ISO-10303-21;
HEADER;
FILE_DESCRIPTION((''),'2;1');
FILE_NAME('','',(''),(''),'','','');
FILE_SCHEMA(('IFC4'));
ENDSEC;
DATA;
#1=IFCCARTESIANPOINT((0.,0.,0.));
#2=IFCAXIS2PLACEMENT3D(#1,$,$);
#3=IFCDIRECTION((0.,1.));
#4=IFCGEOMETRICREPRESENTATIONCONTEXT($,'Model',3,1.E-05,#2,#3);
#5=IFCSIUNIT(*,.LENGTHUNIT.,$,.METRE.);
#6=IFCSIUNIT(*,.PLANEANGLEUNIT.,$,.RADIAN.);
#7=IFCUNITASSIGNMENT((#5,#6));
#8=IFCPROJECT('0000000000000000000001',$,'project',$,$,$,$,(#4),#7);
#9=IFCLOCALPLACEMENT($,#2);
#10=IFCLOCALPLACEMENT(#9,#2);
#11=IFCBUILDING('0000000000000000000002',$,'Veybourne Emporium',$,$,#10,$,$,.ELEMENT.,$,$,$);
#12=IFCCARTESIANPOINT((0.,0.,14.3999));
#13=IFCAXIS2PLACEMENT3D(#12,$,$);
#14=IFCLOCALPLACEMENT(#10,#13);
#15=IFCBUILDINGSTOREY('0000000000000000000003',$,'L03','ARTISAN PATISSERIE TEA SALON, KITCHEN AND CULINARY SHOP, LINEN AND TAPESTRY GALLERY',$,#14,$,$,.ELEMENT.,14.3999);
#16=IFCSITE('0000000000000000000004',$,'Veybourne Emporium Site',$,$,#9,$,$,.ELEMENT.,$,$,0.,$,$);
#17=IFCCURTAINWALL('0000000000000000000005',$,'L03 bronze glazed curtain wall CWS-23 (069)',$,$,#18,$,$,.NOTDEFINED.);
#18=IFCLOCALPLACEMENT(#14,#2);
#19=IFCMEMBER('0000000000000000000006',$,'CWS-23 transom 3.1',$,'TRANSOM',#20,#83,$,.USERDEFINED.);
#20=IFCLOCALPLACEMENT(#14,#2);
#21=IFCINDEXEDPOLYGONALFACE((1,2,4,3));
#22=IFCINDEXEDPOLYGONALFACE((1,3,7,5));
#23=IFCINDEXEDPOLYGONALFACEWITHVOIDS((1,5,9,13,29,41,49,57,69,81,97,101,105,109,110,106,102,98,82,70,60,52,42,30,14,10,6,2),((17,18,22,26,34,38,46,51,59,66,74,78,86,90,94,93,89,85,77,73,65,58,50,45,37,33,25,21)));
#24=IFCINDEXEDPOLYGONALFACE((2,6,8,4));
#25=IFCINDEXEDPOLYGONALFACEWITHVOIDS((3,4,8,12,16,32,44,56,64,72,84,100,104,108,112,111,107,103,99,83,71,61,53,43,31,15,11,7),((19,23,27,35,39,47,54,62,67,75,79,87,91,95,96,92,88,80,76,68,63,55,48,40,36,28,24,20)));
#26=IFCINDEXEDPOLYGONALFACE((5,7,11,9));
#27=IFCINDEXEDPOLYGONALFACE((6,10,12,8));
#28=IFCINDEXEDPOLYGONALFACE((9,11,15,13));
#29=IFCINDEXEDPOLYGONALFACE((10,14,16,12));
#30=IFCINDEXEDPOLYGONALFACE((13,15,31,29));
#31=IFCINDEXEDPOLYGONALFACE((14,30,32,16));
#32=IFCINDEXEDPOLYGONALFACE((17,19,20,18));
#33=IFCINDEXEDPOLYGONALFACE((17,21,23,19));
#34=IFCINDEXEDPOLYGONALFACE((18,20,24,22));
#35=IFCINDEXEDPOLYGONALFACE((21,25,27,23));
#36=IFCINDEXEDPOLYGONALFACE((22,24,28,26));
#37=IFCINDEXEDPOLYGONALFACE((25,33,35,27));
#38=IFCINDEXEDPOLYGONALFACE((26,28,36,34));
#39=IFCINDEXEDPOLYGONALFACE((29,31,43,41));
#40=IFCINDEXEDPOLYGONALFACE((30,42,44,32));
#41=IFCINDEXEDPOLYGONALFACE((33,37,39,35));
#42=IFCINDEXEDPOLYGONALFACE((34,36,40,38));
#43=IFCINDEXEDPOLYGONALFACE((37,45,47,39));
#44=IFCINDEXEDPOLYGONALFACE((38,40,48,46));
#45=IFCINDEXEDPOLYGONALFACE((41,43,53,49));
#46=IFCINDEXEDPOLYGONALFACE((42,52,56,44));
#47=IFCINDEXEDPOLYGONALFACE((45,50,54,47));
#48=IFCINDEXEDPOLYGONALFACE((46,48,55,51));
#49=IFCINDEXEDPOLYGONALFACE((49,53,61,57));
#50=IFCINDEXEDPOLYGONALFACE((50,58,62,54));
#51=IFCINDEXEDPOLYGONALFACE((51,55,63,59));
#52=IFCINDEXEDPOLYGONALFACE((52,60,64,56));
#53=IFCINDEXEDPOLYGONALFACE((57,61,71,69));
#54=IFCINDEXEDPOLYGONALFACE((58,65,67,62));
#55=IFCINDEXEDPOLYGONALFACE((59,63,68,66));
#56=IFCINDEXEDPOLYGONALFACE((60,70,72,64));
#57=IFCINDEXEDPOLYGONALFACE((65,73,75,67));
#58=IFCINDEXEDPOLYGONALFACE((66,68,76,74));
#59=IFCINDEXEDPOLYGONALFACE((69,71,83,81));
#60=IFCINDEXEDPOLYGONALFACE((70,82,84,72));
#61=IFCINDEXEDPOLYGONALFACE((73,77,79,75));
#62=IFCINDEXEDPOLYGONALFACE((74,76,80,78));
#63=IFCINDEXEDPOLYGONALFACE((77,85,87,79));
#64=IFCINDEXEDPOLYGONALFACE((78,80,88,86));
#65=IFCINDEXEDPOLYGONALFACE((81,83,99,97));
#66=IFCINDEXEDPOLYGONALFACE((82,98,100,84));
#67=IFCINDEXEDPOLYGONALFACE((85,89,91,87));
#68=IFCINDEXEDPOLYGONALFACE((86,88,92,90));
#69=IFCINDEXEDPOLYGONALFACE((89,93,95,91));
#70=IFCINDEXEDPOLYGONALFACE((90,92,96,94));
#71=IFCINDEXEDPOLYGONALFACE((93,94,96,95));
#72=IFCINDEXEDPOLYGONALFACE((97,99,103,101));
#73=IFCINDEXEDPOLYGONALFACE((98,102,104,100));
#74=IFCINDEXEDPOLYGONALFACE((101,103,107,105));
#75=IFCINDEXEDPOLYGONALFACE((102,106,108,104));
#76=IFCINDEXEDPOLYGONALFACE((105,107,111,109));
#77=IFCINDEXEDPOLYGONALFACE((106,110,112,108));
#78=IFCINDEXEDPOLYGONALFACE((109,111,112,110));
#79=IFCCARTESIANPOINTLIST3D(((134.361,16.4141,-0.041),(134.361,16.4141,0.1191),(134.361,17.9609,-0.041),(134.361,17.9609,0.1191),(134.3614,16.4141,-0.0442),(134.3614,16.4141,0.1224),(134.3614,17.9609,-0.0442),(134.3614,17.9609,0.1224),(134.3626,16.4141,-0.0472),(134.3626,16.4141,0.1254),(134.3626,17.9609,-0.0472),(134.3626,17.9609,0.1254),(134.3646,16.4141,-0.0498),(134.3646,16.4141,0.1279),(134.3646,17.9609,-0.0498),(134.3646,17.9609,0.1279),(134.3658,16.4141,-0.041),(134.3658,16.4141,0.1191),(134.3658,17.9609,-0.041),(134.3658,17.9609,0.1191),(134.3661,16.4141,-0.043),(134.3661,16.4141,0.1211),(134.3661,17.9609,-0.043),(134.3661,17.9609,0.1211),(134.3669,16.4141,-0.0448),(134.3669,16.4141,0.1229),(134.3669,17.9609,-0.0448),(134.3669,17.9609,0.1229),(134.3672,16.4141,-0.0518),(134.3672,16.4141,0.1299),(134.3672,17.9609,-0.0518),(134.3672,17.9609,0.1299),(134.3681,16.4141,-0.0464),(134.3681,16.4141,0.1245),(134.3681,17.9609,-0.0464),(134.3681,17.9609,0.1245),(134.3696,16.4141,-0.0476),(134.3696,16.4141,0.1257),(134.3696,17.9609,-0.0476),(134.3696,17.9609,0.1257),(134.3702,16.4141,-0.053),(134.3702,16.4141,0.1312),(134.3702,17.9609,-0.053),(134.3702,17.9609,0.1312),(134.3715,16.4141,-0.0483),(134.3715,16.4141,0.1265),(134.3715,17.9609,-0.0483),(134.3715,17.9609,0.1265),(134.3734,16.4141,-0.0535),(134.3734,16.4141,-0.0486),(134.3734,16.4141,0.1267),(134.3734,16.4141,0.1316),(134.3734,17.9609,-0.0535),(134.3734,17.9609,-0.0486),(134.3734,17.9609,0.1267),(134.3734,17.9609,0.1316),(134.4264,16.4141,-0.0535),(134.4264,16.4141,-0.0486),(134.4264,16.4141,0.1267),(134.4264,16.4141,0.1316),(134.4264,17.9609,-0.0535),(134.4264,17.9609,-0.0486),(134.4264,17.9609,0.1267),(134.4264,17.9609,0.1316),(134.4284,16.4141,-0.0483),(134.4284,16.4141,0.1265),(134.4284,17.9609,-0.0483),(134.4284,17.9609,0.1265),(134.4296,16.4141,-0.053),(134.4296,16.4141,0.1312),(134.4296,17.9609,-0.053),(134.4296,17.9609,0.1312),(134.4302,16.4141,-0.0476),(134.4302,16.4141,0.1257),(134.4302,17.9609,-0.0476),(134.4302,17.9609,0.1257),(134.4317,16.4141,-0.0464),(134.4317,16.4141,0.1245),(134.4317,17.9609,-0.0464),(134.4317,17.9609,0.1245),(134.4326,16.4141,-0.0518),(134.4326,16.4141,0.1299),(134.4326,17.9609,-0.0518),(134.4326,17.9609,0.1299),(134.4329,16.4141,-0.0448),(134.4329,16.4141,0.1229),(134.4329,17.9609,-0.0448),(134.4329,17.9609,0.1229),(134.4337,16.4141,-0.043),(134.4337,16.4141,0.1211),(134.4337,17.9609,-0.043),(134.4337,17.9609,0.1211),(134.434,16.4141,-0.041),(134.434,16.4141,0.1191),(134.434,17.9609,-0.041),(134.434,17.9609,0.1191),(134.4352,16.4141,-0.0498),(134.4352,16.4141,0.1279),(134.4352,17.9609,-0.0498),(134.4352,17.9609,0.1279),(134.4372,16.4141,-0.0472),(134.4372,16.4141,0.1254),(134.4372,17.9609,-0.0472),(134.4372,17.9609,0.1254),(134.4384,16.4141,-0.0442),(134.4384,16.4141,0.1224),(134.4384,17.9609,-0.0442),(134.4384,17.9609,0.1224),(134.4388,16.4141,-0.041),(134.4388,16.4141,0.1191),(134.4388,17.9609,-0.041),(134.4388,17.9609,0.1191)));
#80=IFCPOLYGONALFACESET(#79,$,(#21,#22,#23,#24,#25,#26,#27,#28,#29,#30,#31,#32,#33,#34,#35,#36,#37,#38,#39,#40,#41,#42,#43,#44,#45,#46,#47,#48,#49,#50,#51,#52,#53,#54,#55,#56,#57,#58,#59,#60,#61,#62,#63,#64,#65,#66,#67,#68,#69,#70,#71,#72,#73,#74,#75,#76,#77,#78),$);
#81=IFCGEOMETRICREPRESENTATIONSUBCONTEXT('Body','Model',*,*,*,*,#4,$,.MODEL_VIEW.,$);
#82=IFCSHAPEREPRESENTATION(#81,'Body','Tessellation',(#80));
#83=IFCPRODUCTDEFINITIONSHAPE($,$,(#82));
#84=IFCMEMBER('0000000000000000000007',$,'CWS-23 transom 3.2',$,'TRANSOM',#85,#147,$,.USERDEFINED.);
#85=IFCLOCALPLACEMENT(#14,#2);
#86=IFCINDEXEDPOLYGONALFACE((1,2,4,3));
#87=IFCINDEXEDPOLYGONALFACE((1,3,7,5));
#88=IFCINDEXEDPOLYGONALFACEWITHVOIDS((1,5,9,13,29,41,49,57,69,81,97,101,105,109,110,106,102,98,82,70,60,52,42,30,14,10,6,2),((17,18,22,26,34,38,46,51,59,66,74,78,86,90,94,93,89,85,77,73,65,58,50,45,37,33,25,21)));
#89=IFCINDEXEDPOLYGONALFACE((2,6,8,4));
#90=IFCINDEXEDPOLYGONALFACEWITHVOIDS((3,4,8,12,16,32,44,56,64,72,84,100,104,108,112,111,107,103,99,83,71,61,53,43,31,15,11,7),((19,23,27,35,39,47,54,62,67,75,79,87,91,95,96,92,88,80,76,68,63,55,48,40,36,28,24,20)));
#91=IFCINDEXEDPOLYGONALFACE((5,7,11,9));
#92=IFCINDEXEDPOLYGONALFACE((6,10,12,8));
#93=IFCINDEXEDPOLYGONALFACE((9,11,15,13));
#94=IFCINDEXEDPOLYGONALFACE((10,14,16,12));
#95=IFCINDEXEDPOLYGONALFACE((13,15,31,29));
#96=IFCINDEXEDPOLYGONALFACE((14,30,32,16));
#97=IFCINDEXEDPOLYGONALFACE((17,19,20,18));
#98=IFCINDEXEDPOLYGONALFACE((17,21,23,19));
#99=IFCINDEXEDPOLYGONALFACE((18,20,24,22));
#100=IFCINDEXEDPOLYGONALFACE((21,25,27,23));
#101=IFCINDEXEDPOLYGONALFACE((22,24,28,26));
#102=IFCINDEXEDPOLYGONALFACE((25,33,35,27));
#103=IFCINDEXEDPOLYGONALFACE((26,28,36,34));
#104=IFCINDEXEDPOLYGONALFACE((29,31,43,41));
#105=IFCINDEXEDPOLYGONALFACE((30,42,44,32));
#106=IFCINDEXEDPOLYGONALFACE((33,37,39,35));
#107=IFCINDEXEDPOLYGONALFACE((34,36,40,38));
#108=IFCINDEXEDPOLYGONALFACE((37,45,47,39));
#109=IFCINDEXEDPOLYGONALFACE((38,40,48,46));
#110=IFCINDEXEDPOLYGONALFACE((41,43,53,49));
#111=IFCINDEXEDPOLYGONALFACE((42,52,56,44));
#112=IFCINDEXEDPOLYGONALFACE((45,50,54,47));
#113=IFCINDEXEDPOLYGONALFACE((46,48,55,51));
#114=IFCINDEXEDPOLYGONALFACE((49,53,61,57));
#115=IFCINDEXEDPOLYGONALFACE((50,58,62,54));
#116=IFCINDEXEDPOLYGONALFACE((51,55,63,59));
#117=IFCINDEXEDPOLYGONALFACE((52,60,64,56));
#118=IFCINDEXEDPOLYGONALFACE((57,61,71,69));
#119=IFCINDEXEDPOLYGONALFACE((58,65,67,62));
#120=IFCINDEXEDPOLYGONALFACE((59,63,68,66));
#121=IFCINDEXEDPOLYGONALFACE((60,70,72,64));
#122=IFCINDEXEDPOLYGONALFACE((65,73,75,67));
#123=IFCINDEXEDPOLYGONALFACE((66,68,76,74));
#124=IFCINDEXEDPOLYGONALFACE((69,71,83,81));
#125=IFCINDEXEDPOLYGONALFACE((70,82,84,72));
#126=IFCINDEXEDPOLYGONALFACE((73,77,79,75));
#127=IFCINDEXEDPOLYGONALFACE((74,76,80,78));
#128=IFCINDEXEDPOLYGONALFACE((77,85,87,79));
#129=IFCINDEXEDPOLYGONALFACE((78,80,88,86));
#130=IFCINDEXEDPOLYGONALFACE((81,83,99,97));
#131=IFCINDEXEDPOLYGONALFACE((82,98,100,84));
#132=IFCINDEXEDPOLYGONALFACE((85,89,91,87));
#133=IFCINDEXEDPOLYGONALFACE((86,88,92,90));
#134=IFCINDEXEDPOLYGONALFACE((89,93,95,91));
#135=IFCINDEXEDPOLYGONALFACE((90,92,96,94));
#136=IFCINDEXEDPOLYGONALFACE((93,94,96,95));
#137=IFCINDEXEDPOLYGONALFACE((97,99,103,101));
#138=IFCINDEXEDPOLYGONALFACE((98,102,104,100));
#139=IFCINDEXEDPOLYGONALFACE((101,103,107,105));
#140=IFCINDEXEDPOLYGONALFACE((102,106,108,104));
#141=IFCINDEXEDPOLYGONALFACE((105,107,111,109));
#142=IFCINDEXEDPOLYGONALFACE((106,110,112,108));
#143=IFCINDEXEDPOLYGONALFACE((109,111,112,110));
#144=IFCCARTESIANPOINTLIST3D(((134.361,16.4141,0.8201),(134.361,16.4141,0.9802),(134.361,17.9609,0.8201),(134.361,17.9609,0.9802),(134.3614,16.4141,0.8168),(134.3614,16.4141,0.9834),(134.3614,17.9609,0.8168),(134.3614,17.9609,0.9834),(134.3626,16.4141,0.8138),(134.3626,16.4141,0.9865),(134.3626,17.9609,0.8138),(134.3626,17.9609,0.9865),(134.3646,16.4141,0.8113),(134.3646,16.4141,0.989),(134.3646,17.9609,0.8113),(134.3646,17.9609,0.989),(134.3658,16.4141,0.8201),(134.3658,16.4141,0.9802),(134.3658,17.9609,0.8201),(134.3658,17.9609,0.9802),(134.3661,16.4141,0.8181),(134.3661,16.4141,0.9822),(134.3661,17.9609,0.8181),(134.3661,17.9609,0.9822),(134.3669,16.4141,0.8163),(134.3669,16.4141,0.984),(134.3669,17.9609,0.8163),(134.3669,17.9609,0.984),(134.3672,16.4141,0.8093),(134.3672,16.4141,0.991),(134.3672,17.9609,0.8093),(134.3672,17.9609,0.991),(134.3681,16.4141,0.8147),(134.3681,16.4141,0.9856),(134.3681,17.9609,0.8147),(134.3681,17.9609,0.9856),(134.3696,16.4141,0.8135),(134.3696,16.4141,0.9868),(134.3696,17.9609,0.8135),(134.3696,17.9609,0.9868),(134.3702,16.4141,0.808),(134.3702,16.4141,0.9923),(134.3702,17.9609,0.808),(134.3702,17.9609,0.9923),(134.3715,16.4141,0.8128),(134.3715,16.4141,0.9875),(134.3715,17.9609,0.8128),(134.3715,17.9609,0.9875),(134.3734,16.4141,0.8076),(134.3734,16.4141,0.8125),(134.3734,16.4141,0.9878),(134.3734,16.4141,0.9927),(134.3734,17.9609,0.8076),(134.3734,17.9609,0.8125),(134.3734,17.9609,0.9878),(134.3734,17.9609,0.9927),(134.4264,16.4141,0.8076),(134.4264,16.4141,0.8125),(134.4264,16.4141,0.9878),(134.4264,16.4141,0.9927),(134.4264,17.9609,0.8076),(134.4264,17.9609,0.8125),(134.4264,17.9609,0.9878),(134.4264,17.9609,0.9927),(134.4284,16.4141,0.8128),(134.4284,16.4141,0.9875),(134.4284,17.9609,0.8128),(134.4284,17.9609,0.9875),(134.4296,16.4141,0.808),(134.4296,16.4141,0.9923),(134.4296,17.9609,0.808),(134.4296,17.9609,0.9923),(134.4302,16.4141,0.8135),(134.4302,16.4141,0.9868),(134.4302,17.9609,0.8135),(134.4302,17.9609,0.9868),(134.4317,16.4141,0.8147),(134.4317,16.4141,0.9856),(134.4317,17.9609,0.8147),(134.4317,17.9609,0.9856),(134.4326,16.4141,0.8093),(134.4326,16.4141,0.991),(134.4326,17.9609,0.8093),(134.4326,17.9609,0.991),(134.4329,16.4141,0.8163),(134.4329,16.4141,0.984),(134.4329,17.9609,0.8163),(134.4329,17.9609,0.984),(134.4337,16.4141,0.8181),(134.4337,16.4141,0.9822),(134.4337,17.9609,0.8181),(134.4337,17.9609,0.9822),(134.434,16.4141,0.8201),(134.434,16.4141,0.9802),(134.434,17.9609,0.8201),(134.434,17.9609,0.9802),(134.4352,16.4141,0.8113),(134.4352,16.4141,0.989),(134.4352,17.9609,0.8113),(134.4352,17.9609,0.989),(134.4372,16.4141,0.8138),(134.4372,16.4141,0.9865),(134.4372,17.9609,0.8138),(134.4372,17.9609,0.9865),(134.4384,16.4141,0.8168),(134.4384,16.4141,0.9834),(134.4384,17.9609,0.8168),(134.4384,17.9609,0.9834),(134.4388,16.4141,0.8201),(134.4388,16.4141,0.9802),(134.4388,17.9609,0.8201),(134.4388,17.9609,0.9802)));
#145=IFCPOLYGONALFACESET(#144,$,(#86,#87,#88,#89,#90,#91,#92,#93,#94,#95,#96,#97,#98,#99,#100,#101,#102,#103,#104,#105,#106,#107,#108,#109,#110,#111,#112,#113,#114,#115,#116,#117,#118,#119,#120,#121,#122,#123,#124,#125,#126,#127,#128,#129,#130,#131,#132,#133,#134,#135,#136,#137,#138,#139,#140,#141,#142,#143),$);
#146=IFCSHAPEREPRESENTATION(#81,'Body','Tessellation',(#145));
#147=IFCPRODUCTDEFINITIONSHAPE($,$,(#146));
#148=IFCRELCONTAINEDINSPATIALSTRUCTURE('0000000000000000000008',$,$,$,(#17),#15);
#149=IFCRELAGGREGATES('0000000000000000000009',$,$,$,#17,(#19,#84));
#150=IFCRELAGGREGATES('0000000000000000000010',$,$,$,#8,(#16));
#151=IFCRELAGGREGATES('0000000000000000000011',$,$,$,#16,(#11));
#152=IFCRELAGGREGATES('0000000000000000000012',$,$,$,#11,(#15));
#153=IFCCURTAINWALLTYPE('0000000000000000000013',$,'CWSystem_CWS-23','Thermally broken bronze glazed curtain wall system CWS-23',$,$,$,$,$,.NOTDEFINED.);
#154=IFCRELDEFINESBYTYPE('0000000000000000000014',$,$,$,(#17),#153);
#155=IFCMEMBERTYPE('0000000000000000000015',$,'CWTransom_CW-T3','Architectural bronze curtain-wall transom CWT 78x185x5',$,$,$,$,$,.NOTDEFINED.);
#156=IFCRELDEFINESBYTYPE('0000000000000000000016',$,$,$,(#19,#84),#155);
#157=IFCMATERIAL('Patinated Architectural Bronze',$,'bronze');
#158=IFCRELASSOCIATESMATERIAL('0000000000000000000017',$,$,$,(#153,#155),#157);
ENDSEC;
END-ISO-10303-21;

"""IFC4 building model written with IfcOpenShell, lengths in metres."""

from ifc_helpers import new_model, si_unit, direction, frame, origin, origin_2d, place, context, subcontext, project, spatial, hollow_rectangle, extrude, material, material_profile, profile_set, type_object, element, aggregate, save


model = new_model("IFC4")

# Units and contexts
model_context = context("Model", 3, precision=1e-05, world=origin(), true_north=direction((0.0, 1.0)))
body_context = subcontext(model_context, "Body", "Model", "MODEL_VIEW")
ifc_project = project(units=[si_unit("LENGTHUNIT", "METRE"), si_unit("PLANEANGLEUNIT", "RADIAN")], contexts=[model_context])

# Site, building, storey
site_placement = place(None, origin())
site = spatial("IfcSite", under=ifc_project, at=site_placement, Name="Veybourne Emporium Site", CompositionType="ELEMENT", RefElevation=0.0)
building_placement = place(site_placement, origin())
building = spatial("IfcBuilding", under=site, at=building_placement, Name="Veybourne Emporium", CompositionType="ELEMENT")
storey_placement = place(building_placement, frame((0.0, 0.0, 14.3999)))
storey = spatial("IfcBuildingStorey", under=building, at=storey_placement, Name="L03", Description="ARTISAN PATISSERIE TEA SALON, KITCHEN AND CULINARY SHOP, LINEN AND TAPESTRY GALLERY", CompositionType="ELEMENT", Elevation=14.3999)

# Curtain wall, members
ifc_material_1 = material(Name="Patinated Architectural Bronze", Category="bronze")
curtain_wall_type = type_object("IfcCurtainWallType", Name="CWSystem_CWS-23", Description="Thermally broken bronze glazed curtain wall system CWS-23", PredefinedType="NOTDEFINED", material=ifc_material_1)
curtain_wall_placement = place(storey_placement, origin())
curtain_wall = element("IfcCurtainWall", 1, at=curtain_wall_placement, inside=storey, type_object=curtain_wall_type, Name="L03 bronze glazed curtain wall CWS-23 (069)", PredefinedType="NOTDEFINED")
ifc_material_profile_1 = material_profile(ifc_material_1, hollow_rectangle(XDim=0.0779, YDim=0.1851, WallThickness=0.0049, InnerFilletRadius=0.0076, OuterFilletRadius=0.0125, at=origin_2d()), Name="CWT 78x185x5")
ifc_profile_set_1 = profile_set([ifc_material_profile_1], Name="Patinated Architectural Bronze")
member_type_1 = type_object("IfcMemberType", Name="CWTransom_CW-T3", Description="Architectural bronze curtain-wall transom CWT 78x185x5", PredefinedType="NOTDEFINED", material=ifc_profile_set_1)
member_1_placement = place(storey_placement, frame((134.3999, 17.9609, 0.0391), z_axis=(0.0, -1.0, 0.0), x_axis=(1.0, 0.0, 0.0)))
member_1 = element("IfcMember", 2, at=member_1_placement, type_object=member_type_1, Name="CWS-23 transom 3.1", ObjectType="TRANSOM", PredefinedType="USERDEFINED", context=body_context, shape_type="SweptSolid", body=[
    extrude(hollow_rectangle(XDim=0.0779, YDim=0.1851, WallThickness=0.0049, InnerFilletRadius=0.0076, OuterFilletRadius=0.0125, at=origin_2d()), origin(), (0.0, 0.0, 1.0), 1.5469),
])
member_2_placement = place(storey_placement, frame((134.3999, 17.9609, 0.9001), z_axis=(0.0, -1.0, 0.0), x_axis=(1.0, 0.0, 0.0)))
member_2 = element("IfcMember", 3, at=member_2_placement, type_object=member_type_1, Name="CWS-23 transom 3.2", ObjectType="TRANSOM", PredefinedType="USERDEFINED", context=body_context, shape_type="SweptSolid", body=[
    extrude(hollow_rectangle(XDim=0.0779, YDim=0.1851, WallThickness=0.0049, InnerFilletRadius=0.0076, OuterFilletRadius=0.0125, at=origin_2d()), origin(), (0.0, 0.0, 1.0), 1.5469),
])
aggregate(curtain_wall, [member_1, member_2])

save(model, "model.ifc")
